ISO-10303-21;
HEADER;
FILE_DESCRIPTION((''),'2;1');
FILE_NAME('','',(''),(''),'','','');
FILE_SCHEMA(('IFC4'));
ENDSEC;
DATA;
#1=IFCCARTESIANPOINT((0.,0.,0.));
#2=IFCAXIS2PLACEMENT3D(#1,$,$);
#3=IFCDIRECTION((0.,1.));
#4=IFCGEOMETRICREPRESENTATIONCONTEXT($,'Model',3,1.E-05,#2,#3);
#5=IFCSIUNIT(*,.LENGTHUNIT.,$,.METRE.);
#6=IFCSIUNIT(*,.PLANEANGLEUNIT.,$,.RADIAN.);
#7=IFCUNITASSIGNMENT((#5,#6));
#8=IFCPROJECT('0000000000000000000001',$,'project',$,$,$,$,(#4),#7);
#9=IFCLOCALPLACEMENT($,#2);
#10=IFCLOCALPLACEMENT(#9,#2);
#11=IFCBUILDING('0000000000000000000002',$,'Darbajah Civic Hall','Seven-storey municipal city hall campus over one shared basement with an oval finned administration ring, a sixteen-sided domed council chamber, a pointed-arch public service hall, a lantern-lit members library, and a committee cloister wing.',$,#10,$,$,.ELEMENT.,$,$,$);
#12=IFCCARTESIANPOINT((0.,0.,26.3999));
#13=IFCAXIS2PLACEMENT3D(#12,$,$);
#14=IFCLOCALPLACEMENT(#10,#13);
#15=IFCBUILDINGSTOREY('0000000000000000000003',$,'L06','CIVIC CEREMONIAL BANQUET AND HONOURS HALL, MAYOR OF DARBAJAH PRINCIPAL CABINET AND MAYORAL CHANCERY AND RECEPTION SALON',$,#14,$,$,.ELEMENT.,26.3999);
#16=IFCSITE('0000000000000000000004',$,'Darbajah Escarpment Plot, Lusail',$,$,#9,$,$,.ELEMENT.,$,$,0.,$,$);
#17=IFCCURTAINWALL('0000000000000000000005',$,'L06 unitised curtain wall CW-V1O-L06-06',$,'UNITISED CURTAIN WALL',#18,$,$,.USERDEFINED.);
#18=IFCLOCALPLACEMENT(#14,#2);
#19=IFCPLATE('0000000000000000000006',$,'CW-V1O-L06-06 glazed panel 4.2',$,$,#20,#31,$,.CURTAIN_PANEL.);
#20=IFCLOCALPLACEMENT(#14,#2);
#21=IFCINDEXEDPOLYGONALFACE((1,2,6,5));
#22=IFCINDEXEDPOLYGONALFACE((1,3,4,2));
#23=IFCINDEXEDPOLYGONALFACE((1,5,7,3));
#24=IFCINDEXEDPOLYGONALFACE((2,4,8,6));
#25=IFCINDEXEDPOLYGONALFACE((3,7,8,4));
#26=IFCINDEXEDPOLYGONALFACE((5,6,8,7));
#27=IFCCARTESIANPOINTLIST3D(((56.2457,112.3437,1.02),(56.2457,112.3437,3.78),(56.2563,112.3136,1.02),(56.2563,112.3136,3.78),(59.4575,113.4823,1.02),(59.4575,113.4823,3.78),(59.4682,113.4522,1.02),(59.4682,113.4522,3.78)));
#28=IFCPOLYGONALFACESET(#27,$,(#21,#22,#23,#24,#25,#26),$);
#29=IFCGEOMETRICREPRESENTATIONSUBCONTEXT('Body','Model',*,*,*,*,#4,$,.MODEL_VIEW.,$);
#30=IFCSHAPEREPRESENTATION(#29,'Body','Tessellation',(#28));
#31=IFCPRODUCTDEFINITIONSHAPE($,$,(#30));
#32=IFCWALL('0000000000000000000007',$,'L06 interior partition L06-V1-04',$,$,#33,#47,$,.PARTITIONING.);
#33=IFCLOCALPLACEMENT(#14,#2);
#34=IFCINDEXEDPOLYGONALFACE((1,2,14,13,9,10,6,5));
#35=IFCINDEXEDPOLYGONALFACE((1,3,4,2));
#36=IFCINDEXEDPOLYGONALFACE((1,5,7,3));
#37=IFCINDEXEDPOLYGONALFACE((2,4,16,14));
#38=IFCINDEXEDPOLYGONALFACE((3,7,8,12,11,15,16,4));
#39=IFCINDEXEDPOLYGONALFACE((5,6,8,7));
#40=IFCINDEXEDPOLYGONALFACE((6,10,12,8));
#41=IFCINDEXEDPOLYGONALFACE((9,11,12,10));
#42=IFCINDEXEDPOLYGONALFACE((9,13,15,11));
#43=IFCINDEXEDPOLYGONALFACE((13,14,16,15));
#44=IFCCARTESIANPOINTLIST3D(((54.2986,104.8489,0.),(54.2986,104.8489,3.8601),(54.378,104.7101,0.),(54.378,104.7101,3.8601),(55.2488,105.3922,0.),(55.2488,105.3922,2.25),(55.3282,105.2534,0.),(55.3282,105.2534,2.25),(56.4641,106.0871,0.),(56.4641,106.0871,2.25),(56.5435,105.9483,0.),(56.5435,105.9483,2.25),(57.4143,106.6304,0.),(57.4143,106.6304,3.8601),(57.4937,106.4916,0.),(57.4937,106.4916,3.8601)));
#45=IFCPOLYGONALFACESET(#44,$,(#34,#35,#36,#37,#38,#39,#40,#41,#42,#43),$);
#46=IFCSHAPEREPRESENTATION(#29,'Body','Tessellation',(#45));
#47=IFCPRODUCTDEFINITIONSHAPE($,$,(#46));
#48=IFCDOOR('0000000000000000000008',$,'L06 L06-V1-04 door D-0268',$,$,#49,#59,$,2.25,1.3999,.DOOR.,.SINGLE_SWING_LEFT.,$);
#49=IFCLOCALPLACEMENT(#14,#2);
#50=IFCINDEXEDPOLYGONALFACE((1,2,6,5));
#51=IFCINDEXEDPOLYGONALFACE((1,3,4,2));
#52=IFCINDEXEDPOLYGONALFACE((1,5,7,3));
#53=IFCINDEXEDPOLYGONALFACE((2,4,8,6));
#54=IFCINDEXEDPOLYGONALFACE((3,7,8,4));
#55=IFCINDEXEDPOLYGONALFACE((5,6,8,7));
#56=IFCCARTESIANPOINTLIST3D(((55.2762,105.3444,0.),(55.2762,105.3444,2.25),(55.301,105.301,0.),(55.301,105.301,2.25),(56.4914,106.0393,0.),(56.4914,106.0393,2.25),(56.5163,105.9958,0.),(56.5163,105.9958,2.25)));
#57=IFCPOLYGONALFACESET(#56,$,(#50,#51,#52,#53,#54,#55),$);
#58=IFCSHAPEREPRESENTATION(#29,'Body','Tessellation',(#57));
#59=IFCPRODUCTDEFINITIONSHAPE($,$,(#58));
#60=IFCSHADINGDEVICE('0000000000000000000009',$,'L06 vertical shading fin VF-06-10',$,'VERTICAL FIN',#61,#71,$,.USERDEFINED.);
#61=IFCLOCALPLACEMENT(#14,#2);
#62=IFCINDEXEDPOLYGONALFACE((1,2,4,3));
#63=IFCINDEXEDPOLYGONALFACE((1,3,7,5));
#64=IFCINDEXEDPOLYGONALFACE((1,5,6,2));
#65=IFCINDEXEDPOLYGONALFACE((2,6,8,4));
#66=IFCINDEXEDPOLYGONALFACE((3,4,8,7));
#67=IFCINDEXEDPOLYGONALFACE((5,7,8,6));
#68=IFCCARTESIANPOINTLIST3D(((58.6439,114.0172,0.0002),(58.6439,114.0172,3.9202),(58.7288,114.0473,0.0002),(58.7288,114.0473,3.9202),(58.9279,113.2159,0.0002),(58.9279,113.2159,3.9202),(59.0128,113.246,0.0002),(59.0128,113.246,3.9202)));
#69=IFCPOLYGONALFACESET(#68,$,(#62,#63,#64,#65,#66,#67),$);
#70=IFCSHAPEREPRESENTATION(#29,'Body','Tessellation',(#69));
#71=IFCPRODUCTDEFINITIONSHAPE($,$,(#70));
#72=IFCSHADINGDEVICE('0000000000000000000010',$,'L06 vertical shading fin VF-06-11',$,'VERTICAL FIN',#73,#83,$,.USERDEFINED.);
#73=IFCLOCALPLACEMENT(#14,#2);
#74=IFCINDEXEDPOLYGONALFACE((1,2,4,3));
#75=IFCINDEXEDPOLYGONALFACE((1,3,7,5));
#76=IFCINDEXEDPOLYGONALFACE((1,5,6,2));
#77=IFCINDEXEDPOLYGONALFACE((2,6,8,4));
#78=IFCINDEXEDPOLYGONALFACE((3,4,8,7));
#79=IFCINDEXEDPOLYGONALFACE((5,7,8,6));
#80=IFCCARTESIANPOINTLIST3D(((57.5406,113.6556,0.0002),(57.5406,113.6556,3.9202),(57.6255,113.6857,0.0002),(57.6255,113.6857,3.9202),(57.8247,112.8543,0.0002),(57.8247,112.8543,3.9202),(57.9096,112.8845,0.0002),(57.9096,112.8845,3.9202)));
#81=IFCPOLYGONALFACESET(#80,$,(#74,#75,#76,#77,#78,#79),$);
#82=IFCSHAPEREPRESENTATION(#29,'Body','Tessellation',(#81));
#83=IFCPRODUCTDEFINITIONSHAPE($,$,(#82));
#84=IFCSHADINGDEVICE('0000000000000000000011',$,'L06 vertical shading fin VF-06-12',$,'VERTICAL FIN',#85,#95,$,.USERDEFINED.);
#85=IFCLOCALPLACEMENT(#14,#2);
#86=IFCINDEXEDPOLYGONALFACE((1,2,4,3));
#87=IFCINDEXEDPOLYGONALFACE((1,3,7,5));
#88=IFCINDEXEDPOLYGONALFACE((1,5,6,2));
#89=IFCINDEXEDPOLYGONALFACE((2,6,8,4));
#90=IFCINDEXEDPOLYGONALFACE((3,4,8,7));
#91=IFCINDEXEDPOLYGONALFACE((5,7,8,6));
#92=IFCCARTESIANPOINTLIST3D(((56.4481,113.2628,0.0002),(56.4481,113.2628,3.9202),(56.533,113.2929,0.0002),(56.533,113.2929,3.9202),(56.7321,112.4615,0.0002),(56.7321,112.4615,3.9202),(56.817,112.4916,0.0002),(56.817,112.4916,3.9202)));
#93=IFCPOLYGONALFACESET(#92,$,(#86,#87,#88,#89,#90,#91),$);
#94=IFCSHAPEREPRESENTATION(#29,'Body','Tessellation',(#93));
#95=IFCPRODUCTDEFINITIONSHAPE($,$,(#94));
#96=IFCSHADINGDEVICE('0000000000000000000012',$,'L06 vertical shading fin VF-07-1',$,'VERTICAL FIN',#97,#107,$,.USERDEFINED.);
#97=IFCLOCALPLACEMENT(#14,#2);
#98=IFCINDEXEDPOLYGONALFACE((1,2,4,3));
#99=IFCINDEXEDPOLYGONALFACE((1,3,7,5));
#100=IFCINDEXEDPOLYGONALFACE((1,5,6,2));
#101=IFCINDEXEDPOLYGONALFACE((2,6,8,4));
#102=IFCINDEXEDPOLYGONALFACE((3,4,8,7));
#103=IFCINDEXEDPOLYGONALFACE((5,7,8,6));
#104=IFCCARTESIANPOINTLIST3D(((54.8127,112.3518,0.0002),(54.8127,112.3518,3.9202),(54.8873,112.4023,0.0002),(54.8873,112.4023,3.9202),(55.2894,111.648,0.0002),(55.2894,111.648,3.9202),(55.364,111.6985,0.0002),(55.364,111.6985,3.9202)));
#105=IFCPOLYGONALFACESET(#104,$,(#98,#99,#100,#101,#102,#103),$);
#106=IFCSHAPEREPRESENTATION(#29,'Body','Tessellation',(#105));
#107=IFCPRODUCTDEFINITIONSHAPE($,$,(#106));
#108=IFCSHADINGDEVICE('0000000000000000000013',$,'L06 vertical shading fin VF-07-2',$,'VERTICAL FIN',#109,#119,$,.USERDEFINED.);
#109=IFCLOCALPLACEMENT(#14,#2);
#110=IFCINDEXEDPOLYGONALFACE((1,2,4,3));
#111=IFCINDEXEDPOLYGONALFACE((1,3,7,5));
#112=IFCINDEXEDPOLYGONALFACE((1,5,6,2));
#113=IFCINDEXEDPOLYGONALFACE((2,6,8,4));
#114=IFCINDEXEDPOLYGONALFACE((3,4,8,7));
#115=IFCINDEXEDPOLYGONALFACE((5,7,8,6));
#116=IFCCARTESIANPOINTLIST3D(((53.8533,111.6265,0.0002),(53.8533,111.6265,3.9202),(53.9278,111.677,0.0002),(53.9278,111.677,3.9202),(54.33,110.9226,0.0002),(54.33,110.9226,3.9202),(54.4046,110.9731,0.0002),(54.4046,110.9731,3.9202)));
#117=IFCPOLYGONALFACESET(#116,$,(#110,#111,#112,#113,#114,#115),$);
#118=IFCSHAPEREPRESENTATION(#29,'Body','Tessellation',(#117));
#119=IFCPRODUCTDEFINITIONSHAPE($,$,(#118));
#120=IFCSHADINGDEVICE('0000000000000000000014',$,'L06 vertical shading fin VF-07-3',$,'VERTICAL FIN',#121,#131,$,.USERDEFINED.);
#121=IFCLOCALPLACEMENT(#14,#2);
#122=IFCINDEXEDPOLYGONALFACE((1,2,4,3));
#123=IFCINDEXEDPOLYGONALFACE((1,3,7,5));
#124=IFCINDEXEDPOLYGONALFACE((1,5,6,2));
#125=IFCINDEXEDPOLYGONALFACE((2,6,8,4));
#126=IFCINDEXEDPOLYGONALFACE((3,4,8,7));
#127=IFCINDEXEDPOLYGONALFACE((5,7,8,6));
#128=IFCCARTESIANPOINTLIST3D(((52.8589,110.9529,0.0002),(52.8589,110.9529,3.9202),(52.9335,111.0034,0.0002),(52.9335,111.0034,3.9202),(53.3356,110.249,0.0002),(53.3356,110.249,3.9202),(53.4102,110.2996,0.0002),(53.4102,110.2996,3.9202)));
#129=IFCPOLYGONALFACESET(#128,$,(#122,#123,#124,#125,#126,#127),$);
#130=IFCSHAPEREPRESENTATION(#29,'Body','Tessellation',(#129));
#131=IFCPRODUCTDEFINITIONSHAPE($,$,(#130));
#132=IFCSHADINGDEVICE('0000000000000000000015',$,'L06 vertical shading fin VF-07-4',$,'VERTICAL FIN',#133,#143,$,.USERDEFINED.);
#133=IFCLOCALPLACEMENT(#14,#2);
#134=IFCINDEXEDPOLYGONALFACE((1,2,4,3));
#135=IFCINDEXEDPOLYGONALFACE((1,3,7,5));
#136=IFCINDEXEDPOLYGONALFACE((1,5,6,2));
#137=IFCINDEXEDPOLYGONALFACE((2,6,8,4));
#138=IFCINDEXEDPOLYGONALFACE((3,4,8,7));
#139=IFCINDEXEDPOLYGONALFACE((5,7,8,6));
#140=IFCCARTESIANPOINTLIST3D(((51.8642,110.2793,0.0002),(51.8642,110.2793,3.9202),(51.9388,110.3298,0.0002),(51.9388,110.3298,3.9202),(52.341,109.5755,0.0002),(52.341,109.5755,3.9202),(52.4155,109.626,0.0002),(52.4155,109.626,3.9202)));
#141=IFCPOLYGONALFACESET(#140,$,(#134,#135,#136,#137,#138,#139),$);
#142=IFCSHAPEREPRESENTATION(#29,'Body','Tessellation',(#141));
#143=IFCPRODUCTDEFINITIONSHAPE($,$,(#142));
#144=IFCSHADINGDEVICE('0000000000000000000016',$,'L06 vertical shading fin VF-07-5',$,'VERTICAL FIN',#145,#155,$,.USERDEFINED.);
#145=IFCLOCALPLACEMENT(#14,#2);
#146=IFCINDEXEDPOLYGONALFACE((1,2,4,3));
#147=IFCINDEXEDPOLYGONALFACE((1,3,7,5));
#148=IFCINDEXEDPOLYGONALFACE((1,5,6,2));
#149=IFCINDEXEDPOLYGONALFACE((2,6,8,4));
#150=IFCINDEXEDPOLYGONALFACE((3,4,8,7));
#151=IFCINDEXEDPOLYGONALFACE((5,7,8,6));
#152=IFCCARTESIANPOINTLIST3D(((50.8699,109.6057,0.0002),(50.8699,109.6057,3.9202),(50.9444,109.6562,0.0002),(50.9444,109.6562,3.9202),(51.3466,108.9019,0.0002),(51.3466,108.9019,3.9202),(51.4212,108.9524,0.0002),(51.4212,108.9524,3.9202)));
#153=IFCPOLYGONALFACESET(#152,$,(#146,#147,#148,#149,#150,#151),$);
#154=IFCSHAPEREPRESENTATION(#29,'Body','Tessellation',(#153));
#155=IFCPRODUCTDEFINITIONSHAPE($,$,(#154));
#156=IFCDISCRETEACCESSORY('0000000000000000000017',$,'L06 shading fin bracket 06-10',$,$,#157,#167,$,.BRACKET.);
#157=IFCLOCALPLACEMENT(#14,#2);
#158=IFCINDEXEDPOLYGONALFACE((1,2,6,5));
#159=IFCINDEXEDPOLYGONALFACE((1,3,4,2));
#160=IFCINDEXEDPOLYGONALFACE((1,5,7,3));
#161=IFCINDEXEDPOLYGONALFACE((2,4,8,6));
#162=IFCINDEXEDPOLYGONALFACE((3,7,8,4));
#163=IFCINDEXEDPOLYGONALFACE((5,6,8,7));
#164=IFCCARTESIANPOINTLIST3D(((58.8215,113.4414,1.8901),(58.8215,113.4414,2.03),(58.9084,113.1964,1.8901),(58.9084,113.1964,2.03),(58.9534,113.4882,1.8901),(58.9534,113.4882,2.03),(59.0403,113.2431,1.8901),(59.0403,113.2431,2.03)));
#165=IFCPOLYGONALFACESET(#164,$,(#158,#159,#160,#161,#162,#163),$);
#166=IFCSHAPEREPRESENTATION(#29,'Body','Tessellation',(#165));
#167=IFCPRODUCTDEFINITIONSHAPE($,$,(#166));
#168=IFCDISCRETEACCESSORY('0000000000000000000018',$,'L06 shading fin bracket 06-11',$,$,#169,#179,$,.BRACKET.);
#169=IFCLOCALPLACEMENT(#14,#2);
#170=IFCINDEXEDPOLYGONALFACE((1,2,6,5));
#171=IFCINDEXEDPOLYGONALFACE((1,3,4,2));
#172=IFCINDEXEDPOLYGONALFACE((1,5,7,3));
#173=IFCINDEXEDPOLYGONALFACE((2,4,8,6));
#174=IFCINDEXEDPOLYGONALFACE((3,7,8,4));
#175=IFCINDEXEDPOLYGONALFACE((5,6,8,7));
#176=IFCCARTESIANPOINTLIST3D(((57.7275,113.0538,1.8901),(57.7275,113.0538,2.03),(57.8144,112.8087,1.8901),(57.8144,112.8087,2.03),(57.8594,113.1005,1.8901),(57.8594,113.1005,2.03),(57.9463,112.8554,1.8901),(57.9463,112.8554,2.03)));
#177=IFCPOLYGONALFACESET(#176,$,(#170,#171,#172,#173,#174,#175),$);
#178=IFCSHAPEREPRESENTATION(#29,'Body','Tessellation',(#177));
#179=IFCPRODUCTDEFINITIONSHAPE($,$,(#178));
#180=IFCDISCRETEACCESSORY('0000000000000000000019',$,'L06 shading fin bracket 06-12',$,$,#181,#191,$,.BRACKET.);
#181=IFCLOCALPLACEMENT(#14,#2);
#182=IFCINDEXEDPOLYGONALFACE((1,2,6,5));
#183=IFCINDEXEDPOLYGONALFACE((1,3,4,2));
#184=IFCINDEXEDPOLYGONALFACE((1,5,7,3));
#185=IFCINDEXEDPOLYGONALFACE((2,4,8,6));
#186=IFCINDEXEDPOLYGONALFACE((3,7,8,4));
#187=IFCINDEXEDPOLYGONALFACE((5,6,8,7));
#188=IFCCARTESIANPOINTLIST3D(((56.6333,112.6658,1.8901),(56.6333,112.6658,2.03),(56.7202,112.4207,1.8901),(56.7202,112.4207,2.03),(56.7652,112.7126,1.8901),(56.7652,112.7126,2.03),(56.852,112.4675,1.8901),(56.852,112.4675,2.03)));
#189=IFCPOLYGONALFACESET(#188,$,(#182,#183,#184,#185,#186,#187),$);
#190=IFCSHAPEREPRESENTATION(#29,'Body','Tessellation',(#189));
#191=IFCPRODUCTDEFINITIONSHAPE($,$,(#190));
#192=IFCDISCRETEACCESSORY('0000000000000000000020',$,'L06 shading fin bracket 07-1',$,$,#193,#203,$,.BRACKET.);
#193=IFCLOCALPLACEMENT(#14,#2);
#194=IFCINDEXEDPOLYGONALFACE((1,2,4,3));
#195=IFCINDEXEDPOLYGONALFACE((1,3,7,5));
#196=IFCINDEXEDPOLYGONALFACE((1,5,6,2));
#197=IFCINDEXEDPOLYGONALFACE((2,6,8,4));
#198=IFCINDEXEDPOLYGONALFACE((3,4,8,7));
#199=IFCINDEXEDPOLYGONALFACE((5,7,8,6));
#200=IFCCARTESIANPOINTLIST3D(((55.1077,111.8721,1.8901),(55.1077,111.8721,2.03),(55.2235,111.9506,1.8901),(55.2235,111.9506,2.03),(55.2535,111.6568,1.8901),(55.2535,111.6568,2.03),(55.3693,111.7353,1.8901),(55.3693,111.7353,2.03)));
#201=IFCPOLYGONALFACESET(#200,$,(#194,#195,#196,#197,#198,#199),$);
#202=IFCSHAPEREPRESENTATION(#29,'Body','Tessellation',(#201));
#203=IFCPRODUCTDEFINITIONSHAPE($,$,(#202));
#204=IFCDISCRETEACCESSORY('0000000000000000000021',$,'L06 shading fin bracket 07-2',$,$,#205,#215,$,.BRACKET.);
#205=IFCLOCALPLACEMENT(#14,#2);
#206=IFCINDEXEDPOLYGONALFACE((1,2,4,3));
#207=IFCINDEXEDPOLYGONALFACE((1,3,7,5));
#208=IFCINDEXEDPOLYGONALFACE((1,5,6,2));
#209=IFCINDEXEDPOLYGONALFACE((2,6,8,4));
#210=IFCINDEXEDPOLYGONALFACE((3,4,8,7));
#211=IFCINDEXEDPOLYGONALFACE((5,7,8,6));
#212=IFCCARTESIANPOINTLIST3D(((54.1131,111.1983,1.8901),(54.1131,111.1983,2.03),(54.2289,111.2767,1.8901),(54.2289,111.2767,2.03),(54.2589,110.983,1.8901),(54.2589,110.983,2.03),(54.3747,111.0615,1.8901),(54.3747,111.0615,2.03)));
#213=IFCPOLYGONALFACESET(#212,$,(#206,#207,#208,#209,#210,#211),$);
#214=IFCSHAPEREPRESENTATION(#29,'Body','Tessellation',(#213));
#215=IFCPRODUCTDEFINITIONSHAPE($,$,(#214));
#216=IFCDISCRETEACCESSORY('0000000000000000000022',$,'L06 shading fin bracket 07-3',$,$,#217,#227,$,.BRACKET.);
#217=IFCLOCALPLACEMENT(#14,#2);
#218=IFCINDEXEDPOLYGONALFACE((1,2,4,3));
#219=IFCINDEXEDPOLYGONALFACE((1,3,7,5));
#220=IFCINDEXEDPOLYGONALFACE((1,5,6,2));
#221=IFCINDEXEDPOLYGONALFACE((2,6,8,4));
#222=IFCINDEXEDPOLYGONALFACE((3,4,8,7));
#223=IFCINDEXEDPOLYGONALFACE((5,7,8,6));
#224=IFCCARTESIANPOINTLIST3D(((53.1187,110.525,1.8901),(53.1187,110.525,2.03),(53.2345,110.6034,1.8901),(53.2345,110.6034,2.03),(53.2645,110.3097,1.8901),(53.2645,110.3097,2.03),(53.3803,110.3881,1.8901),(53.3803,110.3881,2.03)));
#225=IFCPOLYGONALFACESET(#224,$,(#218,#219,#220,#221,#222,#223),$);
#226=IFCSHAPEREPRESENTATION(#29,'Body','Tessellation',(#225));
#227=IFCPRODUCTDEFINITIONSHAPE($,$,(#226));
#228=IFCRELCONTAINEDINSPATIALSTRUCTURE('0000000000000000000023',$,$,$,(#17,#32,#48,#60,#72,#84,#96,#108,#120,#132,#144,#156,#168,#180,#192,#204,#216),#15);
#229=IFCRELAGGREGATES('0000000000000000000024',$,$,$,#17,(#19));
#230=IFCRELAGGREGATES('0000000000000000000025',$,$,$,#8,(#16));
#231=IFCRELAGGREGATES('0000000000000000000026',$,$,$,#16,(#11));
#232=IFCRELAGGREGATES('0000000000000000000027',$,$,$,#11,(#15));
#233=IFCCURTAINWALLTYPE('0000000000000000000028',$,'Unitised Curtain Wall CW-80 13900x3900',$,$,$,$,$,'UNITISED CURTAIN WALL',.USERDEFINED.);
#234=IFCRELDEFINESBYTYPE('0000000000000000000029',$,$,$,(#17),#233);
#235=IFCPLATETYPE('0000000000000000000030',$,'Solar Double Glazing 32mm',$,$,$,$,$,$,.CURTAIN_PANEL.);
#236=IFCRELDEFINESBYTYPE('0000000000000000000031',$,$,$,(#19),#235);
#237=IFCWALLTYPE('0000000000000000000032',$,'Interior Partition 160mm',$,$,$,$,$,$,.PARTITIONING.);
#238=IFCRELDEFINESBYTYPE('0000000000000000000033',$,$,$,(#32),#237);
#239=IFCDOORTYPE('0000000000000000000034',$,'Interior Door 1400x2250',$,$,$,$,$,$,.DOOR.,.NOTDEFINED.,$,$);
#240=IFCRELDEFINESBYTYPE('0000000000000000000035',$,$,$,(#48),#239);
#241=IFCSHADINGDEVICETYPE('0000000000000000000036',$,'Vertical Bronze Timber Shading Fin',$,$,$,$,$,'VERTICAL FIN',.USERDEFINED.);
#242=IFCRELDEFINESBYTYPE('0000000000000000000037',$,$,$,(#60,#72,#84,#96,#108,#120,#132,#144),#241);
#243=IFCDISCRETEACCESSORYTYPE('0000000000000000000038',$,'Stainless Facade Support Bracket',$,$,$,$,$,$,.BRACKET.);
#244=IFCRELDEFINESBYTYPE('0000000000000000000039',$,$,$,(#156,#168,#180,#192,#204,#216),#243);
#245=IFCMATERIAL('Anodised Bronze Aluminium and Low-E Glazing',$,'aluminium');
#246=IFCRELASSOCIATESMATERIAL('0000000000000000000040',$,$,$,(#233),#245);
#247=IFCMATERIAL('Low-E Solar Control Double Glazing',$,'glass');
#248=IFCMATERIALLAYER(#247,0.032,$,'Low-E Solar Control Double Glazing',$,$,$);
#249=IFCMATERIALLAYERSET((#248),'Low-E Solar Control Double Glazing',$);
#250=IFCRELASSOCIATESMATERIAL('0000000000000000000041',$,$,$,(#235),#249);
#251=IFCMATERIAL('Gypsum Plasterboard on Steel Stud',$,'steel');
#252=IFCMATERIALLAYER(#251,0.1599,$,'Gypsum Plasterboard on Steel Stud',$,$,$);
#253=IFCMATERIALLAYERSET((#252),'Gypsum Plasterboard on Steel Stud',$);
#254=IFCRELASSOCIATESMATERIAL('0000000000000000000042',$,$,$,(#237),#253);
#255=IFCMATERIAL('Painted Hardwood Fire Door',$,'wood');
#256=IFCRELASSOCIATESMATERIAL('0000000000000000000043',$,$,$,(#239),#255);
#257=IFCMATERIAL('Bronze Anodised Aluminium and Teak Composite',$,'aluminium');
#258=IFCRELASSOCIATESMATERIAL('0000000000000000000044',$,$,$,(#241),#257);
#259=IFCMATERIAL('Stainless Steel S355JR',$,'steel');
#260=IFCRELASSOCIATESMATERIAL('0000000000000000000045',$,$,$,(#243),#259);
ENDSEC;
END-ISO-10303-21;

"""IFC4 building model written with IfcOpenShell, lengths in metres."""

from ifc_helpers import new_model, si_unit, direction, frame, frame_2d, origin, origin_2d, place, context, subcontext, project, spatial, rectangle, extrude, material, layer, layer_set, type_object, element, fill, aggregate, save


model = new_model("IFC4")

# Units and contexts
model_context = context("Model", 3, precision=1e-05, world=origin(), true_north=direction((0.0, 1.0)))
body_context = subcontext(model_context, "Body", "Model", "MODEL_VIEW")
ifc_project = project(units=[si_unit("LENGTHUNIT", "METRE"), si_unit("PLANEANGLEUNIT", "RADIAN")], contexts=[model_context])

# Site, building, storey
site_placement = place(None, origin())
site = spatial("IfcSite", under=ifc_project, at=site_placement, Name="Darbajah Escarpment Plot, Lusail", CompositionType="ELEMENT", RefElevation=0.0)
building_placement = place(site_placement, origin())
building = spatial("IfcBuilding", under=site, at=building_placement, Name="Darbajah Civic Hall", Description="Seven-storey municipal city hall campus over one shared basement with an oval finned administration ring, a sixteen-sided domed council chamber, a pointed-arch public service hall, a lantern-lit members library, and a committee cloister wing.", CompositionType="ELEMENT")
storey_placement = place(building_placement, frame((0.0, 0.0, 26.3999)))
storey = spatial("IfcBuildingStorey", under=building, at=storey_placement, Name="L06", Description="CIVIC CEREMONIAL BANQUET AND HONOURS HALL, MAYOR OF DARBAJAH PRINCIPAL CABINET AND MAYORAL CHANCERY AND RECEPTION SALON", CompositionType="ELEMENT", Elevation=26.3999)

# Shared definitions
ifc_material_1 = material(Name="Anodised Bronze Aluminium and Low-E Glazing", Category="aluminium")

# Curtain wall
curtain_wall_type_1 = type_object("IfcCurtainWallType", Name="Unitised Curtain Wall CW-80 13900x3900", ElementType="UNITISED CURTAIN WALL", PredefinedType="USERDEFINED", material=ifc_material_1)
curtain_wall_1_placement = place(storey_placement, origin())
curtain_wall_1 = element("IfcCurtainWall", 1, at=curtain_wall_1_placement, inside=storey, type_object=curtain_wall_type_1, Name="L06 unitised curtain wall CW-V1O-L06-06", ObjectType="UNITISED CURTAIN WALL", PredefinedType="USERDEFINED")

# Plate
ifc_material_2 = material(Name="Low-E Solar Control Double Glazing", Category="glass")
ifc_layer_1 = layer(ifc_material_2, 0.032, Name="Low-E Solar Control Double Glazing")
ifc_layer_set_1 = layer_set([ifc_layer_1], Name="Low-E Solar Control Double Glazing")
plate_type_1 = type_object("IfcPlateType", Name="Solar Double Glazing 32mm", PredefinedType="CURTAIN_PANEL", material=ifc_layer_set_1)
plate_1_placement = place(storey_placement, frame((57.8569, 112.8979, 1.02), z_axis=(0.0, 0.0, 1.0), x_axis=(-0.942525, -0.334136, 0.0)))
plate_1 = element("IfcPlate", 2, at=plate_1_placement, type_object=plate_type_1, Name="CW-V1O-L06-06 glazed panel 4.2", PredefinedType="CURTAIN_PANEL", context=body_context, shape_type="SweptSolid", body=[
    extrude(rectangle(XDim=3.4077, YDim=0.032, at=origin_2d()), origin(), (0.0, 0.0, 1.0), 2.76),
])
aggregate(curtain_wall_1, [plate_1])

# Wall, opening, door
ifc_material_3 = material(Name="Gypsum Plasterboard on Steel Stud", Category="steel")
ifc_layer_2 = layer(ifc_material_3, 0.1599, Name="Gypsum Plasterboard on Steel Stud")
ifc_layer_set_2 = layer_set([ifc_layer_2], Name="Gypsum Plasterboard on Steel Stud")
wall_type = type_object("IfcWallType", Name="Interior Partition 160mm", PredefinedType="PARTITIONING", material=ifc_layer_set_2)
wall_placement = place(storey_placement, frame((54.3384, 104.7795, 0.0), z_axis=(0.0, 0.0, 1.0), x_axis=(0.868113, 0.496366, 0.0)))
wall = element("IfcWall", 3, at=wall_placement, inside=storey, type_object=wall_type, Name="L06 interior partition L06-V1-04", PredefinedType="PARTITIONING", context=body_context, shape_type="SweptSolid", body=[
    extrude(rectangle(XDim=3.5891, YDim=0.1599, at=frame_2d((1.7944, 0.0))), origin(), (0.0, 0.0, 1.0), 3.8601),
])
opening_placement = place(wall_placement, frame((1.0945, 0.0, 0.0)))
opening = element("IfcOpeningElement", 4, at=opening_placement, cuts=wall, PredefinedType="OPENING", context=body_context, shape_type="SweptSolid", body=[
    extrude(rectangle(XDim=1.3999, YDim=2.25, at=frame_2d((0.7, 1.125))), frame((0.0, 0.0898, 0.0), z_axis=(0.0, -1.0, 0.0), x_axis=(1.0, 0.0, 0.0)), (0.0, 0.0, 1.0), 0.1799),
])
ifc_material_4 = material(Name="Painted Hardwood Fire Door", Category="wood")
door_type = type_object("IfcDoorType", Name="Interior Door 1400x2250", OperationType="NOTDEFINED", PredefinedType="DOOR", material=ifc_material_4)
door_placement = place(opening_placement, origin())
door = element("IfcDoor", 5, at=door_placement, inside=storey, type_object=door_type, Name="L06 L06-V1-04 door D-0268", OperationType="SINGLE_SWING_LEFT", OverallHeight=2.25, OverallWidth=1.3999, PredefinedType="DOOR", context=body_context, shape_type="SweptSolid", body=[
    extrude(rectangle(XDim=1.3999, YDim=2.25, at=frame_2d((0.7, 1.125))), frame((0.0, 0.0249, 0.0), z_axis=(0.0, -1.0, 0.0), x_axis=(1.0, 0.0, 0.0)), (0.0, 0.0, 1.0), 0.05),
])
fill(opening, door)

# Shading devices
ifc_material_5 = material(Name="Bronze Anodised Aluminium and Teak Composite", Category="aluminium")
shading_device_type = type_object("IfcShadingDeviceType", Name="Vertical Bronze Timber Shading Fin", ElementType="VERTICAL FIN", PredefinedType="USERDEFINED", material=ifc_material_5)
for number, where, z_axis, x_axis, name in (
    (6, (58.8284, 113.6316, 0.0002), (0.0, 0.0, 1.0), (-0.334136, 0.942525, 0.0), "L06 vertical shading fin VF-06-10"),
    (7, (57.7251, 113.27, 0.0002), (0.0, 0.0, 1.0), (-0.334136, 0.942525, 0.0), "L06 vertical shading fin VF-06-11"),
    (8, (56.6326, 112.8772, 0.0002), (0.0, 0.0, 1.0), (-0.334136, 0.942525, 0.0), "L06 vertical shading fin VF-06-12"),
    (9, (55.0884, 112.0251, 0.0002), (0.0, 0.0, 1.0), (-0.560784, 0.827962, 0.0), "L06 vertical shading fin VF-07-1"),
    (10, (54.1289, 111.2998, 0.0002), (0.0, 0.0, 1.0), (-0.560784, 0.827962, 0.0), "L06 vertical shading fin VF-07-2"),
    (11, (53.1345, 110.6262, 0.0002), (0.0, 0.0, 1.0), (-0.560784, 0.827962, 0.0), "L06 vertical shading fin VF-07-3"),
    (12, (52.1399, 109.9526, 0.0002), (0.0, 0.0, 1.0), (-0.560784, 0.827962, 0.0), "L06 vertical shading fin VF-07-4"),
    (13, (51.1455, 109.2791, 0.0002), (0.0, 0.0, 1.0), (-0.560784, 0.827962, 0.0), "L06 vertical shading fin VF-07-5"),
):
    element("IfcShadingDevice", number, at=place(storey_placement, frame(where, z_axis=z_axis, x_axis=x_axis)), inside=storey, type_object=shading_device_type, Name=name, ObjectType="VERTICAL FIN", PredefinedType="USERDEFINED", context=body_context, shape_type="SweptSolid", body=[
        extrude(rectangle(XDim=0.8501, YDim=0.0901, at=origin_2d()), origin(), (0.0, 0.0, 1.0), 3.9199),
    ])

# Discrete accessories
ifc_material_6 = material(Name="Stainless Steel S355JR", Category="steel")
discrete_accessory_type = type_object("IfcDiscreteAccessoryType", Name="Stainless Facade Support Bracket", PredefinedType="BRACKET", material=ifc_material_6)
for number, where, z_axis, x_axis, name in (
    (14, (58.9309, 113.3423, 1.8901), (0.0, 0.0, 1.0), (-0.334136, 0.942525, 0.0), "L06 shading fin bracket 06-10"),
    (15, (57.8369, 112.9546, 1.8901), (0.0, 0.0, 1.0), (-0.334136, 0.942525, 0.0), "L06 shading fin bracket 06-11"),
    (16, (56.7427, 112.5667, 1.8901), (0.0, 0.0, 1.0), (-0.334136, 0.942525, 0.0), "L06 shading fin bracket 06-12"),
    (17, (55.2385, 111.8037, 1.8901), (0.0, 0.0, 1.0), (-0.560784, 0.827962, 0.0), "L06 shading fin bracket 07-1"),
    (18, (54.2439, 111.1299, 1.8901), (0.0, 0.0, 1.0), (-0.560784, 0.827962, 0.0), "L06 shading fin bracket 07-2"),
    (19, (53.2495, 110.4565, 1.8901), (0.0, 0.0, 1.0), (-0.560784, 0.827962, 0.0), "L06 shading fin bracket 07-3"),
):
    element("IfcDiscreteAccessory", number, at=place(storey_placement, frame(where, z_axis=z_axis, x_axis=x_axis)), inside=storey, type_object=discrete_accessory_type, Name=name, PredefinedType="BRACKET", context=body_context, shape_type="SweptSolid", body=[
        extrude(rectangle(XDim=0.26, YDim=0.1399, at=origin_2d()), origin(), (0.0, 0.0, 1.0), 0.1399),
    ])

save(model, "model.ifc")
